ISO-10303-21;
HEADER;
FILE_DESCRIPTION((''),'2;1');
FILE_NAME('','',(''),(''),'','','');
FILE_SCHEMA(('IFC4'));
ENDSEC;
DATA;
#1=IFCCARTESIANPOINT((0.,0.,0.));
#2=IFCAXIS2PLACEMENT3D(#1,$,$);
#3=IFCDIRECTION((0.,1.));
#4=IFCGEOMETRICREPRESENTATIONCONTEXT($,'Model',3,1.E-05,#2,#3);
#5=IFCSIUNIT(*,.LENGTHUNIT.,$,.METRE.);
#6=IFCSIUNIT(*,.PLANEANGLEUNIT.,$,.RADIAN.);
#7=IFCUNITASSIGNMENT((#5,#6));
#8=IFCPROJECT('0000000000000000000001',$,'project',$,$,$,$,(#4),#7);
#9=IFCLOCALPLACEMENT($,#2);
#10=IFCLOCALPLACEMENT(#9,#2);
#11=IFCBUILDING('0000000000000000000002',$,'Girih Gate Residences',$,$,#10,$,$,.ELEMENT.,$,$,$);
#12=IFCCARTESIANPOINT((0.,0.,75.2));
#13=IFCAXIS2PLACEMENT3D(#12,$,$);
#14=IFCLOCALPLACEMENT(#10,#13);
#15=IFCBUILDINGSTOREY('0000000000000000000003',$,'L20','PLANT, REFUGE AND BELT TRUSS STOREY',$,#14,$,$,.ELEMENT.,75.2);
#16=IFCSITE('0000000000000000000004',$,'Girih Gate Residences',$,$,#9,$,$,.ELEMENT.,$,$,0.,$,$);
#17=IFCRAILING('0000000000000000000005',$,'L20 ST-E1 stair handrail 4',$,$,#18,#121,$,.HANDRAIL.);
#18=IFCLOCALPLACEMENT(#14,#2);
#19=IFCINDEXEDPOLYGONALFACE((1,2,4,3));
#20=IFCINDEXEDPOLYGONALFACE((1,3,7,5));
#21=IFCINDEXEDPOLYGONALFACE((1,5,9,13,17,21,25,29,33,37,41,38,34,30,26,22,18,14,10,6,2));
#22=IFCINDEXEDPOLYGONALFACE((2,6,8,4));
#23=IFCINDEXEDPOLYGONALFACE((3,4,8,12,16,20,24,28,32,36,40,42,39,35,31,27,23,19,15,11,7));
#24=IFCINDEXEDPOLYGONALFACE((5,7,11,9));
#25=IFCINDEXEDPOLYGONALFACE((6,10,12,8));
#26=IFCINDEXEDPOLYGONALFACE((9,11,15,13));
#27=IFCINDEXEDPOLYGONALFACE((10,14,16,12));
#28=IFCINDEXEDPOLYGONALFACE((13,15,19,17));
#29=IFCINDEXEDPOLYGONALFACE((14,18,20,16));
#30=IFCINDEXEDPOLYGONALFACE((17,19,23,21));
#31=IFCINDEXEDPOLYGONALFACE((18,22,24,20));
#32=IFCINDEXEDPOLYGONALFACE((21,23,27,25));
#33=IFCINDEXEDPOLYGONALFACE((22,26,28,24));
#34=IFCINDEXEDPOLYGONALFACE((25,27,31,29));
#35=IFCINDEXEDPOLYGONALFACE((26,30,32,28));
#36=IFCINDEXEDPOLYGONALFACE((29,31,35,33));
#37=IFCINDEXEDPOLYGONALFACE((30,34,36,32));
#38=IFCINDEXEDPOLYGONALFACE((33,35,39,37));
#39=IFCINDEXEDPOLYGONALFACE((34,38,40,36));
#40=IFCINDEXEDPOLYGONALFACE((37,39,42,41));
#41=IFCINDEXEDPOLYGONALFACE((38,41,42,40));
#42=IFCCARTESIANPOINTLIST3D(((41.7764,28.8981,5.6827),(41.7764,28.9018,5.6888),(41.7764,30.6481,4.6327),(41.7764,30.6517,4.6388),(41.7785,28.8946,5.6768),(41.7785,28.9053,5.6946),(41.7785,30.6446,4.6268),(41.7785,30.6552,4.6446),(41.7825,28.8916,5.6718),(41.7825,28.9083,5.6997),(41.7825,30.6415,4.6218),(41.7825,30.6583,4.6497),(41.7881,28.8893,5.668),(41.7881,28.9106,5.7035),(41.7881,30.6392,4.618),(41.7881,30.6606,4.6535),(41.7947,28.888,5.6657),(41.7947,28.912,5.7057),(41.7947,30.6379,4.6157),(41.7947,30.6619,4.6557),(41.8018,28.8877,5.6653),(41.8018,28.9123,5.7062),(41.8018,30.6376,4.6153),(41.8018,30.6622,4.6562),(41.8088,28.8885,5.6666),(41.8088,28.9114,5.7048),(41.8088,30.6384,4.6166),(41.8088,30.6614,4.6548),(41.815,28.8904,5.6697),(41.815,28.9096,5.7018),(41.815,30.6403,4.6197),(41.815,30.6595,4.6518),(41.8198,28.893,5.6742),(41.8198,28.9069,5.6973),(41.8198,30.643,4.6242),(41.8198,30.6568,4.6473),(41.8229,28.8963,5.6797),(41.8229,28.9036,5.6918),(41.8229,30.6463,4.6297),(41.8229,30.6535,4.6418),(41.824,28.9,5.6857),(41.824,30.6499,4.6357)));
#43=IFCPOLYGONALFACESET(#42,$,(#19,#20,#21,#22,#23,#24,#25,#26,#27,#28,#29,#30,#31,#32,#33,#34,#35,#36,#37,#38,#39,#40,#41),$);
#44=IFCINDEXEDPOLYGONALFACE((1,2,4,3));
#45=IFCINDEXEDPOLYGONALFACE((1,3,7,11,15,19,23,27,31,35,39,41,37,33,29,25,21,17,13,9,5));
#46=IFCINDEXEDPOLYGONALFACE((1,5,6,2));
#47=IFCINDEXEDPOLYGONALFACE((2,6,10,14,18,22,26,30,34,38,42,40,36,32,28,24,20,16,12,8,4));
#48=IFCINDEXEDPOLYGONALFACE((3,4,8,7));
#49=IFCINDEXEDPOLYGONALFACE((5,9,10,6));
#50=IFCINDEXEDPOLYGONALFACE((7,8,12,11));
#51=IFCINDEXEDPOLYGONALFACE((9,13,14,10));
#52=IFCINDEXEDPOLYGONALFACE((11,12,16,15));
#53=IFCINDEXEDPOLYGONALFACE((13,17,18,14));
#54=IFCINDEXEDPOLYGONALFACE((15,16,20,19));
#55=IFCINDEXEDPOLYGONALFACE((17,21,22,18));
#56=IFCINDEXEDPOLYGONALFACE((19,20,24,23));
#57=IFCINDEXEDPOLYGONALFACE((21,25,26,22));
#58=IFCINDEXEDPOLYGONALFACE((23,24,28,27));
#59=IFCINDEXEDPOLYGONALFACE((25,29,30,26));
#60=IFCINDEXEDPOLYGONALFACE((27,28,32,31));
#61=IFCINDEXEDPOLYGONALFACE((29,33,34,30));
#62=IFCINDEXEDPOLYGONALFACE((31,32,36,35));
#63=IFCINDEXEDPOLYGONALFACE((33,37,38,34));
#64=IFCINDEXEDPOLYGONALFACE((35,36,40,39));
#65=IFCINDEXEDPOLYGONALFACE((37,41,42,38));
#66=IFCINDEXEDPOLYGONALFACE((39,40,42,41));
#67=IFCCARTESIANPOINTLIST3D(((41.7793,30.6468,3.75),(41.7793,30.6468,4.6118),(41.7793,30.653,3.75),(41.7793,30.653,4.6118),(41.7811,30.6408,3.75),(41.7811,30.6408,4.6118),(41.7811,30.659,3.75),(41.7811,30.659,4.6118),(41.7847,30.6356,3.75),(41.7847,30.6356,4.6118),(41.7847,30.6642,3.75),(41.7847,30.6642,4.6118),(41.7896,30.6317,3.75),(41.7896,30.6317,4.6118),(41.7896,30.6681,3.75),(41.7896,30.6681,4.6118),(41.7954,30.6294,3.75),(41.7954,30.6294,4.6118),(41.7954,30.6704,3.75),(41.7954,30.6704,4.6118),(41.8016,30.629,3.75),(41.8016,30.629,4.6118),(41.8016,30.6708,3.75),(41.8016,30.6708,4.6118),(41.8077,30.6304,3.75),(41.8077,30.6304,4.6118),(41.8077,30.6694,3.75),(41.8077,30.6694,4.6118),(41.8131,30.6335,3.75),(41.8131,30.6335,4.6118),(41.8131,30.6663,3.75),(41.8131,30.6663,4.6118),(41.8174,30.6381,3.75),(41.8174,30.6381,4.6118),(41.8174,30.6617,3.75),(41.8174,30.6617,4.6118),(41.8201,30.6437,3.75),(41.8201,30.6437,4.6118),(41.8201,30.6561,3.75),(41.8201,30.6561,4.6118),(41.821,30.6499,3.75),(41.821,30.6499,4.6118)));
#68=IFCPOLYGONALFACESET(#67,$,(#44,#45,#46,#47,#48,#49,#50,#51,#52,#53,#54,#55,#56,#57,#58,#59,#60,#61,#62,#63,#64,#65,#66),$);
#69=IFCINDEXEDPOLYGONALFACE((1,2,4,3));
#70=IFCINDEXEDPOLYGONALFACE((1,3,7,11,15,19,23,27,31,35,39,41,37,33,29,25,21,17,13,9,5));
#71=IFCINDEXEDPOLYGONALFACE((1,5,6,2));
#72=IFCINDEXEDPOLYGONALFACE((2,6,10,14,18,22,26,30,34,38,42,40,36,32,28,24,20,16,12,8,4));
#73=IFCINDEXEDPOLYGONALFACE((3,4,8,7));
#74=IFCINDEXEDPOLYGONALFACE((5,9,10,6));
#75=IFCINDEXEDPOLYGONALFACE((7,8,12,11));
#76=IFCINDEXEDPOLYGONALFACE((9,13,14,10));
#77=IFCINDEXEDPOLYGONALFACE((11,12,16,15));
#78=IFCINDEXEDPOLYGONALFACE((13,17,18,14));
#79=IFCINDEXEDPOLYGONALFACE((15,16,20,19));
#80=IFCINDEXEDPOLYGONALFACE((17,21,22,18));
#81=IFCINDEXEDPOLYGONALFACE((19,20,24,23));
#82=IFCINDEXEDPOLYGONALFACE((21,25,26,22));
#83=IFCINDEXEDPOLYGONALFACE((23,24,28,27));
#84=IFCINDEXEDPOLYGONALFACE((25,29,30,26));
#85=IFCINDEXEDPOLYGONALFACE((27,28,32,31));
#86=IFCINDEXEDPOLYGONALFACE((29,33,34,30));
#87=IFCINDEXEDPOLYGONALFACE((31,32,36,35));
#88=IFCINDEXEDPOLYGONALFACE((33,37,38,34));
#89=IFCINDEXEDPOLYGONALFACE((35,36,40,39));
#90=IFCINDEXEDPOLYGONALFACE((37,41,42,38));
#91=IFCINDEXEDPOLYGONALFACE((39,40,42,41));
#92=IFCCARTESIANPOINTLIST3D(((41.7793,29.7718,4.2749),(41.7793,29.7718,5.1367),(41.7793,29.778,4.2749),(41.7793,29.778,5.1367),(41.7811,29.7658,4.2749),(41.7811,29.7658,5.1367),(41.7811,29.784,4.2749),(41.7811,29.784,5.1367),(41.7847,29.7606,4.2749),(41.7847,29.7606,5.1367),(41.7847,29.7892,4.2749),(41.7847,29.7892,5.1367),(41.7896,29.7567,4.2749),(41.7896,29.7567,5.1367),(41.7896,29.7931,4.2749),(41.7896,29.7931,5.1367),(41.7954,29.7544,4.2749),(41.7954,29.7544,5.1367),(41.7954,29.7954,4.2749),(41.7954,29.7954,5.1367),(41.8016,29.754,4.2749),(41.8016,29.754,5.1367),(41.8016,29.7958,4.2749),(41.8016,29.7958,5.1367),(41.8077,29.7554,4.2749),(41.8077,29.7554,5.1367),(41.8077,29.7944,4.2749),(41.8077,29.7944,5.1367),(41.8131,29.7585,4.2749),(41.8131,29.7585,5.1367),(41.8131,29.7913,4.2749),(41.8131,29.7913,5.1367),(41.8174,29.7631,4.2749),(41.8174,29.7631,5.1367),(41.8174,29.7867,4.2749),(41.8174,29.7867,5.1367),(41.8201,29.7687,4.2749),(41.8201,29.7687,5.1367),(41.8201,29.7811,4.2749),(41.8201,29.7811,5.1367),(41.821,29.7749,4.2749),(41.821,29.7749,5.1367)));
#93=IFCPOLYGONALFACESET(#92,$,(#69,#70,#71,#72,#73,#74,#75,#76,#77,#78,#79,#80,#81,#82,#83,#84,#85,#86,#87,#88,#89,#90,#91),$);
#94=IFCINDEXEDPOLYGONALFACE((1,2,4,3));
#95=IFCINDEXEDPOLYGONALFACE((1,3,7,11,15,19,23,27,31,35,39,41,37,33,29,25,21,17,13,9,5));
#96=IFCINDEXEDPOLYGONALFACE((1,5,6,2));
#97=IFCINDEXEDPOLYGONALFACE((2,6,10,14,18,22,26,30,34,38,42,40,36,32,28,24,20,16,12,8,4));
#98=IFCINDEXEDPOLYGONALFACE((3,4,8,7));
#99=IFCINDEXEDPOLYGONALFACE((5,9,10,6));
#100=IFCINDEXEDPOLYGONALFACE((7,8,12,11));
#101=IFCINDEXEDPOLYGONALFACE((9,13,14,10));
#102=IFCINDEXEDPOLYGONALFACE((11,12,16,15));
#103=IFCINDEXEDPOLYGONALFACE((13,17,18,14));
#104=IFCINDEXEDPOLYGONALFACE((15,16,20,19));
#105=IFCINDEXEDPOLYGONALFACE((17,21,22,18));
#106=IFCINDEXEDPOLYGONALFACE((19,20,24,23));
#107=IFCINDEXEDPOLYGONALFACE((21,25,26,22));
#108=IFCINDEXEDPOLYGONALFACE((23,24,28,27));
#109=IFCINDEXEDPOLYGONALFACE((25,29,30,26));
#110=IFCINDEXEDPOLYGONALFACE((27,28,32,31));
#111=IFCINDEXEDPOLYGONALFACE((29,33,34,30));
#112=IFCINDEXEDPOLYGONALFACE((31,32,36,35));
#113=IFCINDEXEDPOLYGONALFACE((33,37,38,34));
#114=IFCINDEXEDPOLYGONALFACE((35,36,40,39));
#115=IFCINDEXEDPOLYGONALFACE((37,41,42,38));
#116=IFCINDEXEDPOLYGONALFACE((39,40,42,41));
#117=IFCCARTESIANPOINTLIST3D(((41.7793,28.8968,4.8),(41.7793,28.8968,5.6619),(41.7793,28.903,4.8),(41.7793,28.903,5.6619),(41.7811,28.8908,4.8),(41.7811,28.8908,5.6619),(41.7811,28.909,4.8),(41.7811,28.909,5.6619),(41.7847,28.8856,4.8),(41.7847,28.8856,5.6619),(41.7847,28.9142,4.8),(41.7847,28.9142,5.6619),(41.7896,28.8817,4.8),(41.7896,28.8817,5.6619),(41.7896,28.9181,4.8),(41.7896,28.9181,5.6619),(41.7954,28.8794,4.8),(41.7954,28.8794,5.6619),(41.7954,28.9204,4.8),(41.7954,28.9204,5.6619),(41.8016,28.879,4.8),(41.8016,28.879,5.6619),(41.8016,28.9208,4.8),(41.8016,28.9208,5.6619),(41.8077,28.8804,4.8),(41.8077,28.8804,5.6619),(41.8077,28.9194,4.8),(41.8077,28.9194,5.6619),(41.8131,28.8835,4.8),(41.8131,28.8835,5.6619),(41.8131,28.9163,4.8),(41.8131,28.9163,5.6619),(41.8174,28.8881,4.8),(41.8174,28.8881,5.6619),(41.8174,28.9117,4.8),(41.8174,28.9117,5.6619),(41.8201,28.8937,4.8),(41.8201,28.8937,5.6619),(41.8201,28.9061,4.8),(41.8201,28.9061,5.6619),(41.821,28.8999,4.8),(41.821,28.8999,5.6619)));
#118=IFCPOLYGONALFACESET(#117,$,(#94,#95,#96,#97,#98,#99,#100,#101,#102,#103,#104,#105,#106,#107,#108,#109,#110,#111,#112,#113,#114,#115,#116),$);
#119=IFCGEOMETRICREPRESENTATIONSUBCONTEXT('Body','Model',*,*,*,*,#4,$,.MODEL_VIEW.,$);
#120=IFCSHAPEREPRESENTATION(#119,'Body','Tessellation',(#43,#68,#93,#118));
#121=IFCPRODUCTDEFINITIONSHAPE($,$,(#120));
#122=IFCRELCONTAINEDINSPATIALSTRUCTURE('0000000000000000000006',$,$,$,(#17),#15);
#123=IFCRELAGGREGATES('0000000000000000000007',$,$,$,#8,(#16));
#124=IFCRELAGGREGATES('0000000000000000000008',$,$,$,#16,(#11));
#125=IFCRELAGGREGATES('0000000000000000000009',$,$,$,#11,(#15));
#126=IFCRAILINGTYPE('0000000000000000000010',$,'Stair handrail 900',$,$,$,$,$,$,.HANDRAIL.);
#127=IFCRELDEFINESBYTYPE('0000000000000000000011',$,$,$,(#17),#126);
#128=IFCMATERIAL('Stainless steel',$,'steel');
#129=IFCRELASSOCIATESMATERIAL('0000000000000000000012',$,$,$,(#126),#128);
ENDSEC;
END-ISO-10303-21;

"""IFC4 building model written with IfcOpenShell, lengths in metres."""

from ifc_helpers import new_model, si_unit, direction, frame, origin, origin_2d, place, context, subcontext, project, spatial, circle, extrude, material, type_object, element, save


model = new_model("IFC4")

# Units and contexts
model_context = context("Model", 3, precision=1e-05, world=origin(), true_north=direction((0.0, 1.0)))
body_context = subcontext(model_context, "Body", "Model", "MODEL_VIEW")
ifc_project = project(units=[si_unit("LENGTHUNIT", "METRE"), si_unit("PLANEANGLEUNIT", "RADIAN")], contexts=[model_context])

# Site, building, storey
site_placement = place(None, origin())
site = spatial("IfcSite", under=ifc_project, at=site_placement, Name="Girih Gate Residences", CompositionType="ELEMENT", RefElevation=0.0)
building_placement = place(site_placement, origin())
building = spatial("IfcBuilding", under=site, at=building_placement, Name="Girih Gate Residences", CompositionType="ELEMENT")
storey_placement = place(building_placement, frame((0.0, 0.0, 75.2)))
storey = spatial("IfcBuildingStorey", under=building, at=storey_placement, Name="L20", Description="PLANT, REFUGE AND BELT TRUSS STOREY", CompositionType="ELEMENT", Elevation=75.2)

# Railing
ifc_material_1 = material(Name="Stainless steel", Category="steel")
railing_type_1 = type_object("IfcRailingType", Name="Stair handrail 900", PredefinedType="HANDRAIL", material=ifc_material_1)
railing_1_placement = place(storey_placement, frame((41.8, 30.6499, 3.75)))
element("IfcRailing", 1, at=railing_1_placement, inside=storey, type_object=railing_type_1, Name="L20 ST-E1 stair handrail 4", PredefinedType="HANDRAIL", context=body_context, shape_type="SweptSolid", body=[
    extrude(circle(Radius=0.0239, at=origin_2d()), frame((0.0, 0.0, 0.8857), z_axis=(0.0, -0.857482, 0.514513), x_axis=(1.0, 0.0, 0.0)), (0.0, 0.0, 1.0), 2.0408),
    extrude(circle(Radius=0.021, at=origin_2d()), origin(), (0.0, 0.0, 1.0), 0.8618),
    extrude(circle(Radius=0.021, at=origin_2d()), frame((0.0, -0.875, 0.5249)), (0.0, 0.0, 1.0), 0.8618),
    extrude(circle(Radius=0.021, at=origin_2d()), frame((0.0, -1.75, 1.05)), (0.0, 0.0, 1.0), 0.8618),
])

save(model, "model.ifc")
